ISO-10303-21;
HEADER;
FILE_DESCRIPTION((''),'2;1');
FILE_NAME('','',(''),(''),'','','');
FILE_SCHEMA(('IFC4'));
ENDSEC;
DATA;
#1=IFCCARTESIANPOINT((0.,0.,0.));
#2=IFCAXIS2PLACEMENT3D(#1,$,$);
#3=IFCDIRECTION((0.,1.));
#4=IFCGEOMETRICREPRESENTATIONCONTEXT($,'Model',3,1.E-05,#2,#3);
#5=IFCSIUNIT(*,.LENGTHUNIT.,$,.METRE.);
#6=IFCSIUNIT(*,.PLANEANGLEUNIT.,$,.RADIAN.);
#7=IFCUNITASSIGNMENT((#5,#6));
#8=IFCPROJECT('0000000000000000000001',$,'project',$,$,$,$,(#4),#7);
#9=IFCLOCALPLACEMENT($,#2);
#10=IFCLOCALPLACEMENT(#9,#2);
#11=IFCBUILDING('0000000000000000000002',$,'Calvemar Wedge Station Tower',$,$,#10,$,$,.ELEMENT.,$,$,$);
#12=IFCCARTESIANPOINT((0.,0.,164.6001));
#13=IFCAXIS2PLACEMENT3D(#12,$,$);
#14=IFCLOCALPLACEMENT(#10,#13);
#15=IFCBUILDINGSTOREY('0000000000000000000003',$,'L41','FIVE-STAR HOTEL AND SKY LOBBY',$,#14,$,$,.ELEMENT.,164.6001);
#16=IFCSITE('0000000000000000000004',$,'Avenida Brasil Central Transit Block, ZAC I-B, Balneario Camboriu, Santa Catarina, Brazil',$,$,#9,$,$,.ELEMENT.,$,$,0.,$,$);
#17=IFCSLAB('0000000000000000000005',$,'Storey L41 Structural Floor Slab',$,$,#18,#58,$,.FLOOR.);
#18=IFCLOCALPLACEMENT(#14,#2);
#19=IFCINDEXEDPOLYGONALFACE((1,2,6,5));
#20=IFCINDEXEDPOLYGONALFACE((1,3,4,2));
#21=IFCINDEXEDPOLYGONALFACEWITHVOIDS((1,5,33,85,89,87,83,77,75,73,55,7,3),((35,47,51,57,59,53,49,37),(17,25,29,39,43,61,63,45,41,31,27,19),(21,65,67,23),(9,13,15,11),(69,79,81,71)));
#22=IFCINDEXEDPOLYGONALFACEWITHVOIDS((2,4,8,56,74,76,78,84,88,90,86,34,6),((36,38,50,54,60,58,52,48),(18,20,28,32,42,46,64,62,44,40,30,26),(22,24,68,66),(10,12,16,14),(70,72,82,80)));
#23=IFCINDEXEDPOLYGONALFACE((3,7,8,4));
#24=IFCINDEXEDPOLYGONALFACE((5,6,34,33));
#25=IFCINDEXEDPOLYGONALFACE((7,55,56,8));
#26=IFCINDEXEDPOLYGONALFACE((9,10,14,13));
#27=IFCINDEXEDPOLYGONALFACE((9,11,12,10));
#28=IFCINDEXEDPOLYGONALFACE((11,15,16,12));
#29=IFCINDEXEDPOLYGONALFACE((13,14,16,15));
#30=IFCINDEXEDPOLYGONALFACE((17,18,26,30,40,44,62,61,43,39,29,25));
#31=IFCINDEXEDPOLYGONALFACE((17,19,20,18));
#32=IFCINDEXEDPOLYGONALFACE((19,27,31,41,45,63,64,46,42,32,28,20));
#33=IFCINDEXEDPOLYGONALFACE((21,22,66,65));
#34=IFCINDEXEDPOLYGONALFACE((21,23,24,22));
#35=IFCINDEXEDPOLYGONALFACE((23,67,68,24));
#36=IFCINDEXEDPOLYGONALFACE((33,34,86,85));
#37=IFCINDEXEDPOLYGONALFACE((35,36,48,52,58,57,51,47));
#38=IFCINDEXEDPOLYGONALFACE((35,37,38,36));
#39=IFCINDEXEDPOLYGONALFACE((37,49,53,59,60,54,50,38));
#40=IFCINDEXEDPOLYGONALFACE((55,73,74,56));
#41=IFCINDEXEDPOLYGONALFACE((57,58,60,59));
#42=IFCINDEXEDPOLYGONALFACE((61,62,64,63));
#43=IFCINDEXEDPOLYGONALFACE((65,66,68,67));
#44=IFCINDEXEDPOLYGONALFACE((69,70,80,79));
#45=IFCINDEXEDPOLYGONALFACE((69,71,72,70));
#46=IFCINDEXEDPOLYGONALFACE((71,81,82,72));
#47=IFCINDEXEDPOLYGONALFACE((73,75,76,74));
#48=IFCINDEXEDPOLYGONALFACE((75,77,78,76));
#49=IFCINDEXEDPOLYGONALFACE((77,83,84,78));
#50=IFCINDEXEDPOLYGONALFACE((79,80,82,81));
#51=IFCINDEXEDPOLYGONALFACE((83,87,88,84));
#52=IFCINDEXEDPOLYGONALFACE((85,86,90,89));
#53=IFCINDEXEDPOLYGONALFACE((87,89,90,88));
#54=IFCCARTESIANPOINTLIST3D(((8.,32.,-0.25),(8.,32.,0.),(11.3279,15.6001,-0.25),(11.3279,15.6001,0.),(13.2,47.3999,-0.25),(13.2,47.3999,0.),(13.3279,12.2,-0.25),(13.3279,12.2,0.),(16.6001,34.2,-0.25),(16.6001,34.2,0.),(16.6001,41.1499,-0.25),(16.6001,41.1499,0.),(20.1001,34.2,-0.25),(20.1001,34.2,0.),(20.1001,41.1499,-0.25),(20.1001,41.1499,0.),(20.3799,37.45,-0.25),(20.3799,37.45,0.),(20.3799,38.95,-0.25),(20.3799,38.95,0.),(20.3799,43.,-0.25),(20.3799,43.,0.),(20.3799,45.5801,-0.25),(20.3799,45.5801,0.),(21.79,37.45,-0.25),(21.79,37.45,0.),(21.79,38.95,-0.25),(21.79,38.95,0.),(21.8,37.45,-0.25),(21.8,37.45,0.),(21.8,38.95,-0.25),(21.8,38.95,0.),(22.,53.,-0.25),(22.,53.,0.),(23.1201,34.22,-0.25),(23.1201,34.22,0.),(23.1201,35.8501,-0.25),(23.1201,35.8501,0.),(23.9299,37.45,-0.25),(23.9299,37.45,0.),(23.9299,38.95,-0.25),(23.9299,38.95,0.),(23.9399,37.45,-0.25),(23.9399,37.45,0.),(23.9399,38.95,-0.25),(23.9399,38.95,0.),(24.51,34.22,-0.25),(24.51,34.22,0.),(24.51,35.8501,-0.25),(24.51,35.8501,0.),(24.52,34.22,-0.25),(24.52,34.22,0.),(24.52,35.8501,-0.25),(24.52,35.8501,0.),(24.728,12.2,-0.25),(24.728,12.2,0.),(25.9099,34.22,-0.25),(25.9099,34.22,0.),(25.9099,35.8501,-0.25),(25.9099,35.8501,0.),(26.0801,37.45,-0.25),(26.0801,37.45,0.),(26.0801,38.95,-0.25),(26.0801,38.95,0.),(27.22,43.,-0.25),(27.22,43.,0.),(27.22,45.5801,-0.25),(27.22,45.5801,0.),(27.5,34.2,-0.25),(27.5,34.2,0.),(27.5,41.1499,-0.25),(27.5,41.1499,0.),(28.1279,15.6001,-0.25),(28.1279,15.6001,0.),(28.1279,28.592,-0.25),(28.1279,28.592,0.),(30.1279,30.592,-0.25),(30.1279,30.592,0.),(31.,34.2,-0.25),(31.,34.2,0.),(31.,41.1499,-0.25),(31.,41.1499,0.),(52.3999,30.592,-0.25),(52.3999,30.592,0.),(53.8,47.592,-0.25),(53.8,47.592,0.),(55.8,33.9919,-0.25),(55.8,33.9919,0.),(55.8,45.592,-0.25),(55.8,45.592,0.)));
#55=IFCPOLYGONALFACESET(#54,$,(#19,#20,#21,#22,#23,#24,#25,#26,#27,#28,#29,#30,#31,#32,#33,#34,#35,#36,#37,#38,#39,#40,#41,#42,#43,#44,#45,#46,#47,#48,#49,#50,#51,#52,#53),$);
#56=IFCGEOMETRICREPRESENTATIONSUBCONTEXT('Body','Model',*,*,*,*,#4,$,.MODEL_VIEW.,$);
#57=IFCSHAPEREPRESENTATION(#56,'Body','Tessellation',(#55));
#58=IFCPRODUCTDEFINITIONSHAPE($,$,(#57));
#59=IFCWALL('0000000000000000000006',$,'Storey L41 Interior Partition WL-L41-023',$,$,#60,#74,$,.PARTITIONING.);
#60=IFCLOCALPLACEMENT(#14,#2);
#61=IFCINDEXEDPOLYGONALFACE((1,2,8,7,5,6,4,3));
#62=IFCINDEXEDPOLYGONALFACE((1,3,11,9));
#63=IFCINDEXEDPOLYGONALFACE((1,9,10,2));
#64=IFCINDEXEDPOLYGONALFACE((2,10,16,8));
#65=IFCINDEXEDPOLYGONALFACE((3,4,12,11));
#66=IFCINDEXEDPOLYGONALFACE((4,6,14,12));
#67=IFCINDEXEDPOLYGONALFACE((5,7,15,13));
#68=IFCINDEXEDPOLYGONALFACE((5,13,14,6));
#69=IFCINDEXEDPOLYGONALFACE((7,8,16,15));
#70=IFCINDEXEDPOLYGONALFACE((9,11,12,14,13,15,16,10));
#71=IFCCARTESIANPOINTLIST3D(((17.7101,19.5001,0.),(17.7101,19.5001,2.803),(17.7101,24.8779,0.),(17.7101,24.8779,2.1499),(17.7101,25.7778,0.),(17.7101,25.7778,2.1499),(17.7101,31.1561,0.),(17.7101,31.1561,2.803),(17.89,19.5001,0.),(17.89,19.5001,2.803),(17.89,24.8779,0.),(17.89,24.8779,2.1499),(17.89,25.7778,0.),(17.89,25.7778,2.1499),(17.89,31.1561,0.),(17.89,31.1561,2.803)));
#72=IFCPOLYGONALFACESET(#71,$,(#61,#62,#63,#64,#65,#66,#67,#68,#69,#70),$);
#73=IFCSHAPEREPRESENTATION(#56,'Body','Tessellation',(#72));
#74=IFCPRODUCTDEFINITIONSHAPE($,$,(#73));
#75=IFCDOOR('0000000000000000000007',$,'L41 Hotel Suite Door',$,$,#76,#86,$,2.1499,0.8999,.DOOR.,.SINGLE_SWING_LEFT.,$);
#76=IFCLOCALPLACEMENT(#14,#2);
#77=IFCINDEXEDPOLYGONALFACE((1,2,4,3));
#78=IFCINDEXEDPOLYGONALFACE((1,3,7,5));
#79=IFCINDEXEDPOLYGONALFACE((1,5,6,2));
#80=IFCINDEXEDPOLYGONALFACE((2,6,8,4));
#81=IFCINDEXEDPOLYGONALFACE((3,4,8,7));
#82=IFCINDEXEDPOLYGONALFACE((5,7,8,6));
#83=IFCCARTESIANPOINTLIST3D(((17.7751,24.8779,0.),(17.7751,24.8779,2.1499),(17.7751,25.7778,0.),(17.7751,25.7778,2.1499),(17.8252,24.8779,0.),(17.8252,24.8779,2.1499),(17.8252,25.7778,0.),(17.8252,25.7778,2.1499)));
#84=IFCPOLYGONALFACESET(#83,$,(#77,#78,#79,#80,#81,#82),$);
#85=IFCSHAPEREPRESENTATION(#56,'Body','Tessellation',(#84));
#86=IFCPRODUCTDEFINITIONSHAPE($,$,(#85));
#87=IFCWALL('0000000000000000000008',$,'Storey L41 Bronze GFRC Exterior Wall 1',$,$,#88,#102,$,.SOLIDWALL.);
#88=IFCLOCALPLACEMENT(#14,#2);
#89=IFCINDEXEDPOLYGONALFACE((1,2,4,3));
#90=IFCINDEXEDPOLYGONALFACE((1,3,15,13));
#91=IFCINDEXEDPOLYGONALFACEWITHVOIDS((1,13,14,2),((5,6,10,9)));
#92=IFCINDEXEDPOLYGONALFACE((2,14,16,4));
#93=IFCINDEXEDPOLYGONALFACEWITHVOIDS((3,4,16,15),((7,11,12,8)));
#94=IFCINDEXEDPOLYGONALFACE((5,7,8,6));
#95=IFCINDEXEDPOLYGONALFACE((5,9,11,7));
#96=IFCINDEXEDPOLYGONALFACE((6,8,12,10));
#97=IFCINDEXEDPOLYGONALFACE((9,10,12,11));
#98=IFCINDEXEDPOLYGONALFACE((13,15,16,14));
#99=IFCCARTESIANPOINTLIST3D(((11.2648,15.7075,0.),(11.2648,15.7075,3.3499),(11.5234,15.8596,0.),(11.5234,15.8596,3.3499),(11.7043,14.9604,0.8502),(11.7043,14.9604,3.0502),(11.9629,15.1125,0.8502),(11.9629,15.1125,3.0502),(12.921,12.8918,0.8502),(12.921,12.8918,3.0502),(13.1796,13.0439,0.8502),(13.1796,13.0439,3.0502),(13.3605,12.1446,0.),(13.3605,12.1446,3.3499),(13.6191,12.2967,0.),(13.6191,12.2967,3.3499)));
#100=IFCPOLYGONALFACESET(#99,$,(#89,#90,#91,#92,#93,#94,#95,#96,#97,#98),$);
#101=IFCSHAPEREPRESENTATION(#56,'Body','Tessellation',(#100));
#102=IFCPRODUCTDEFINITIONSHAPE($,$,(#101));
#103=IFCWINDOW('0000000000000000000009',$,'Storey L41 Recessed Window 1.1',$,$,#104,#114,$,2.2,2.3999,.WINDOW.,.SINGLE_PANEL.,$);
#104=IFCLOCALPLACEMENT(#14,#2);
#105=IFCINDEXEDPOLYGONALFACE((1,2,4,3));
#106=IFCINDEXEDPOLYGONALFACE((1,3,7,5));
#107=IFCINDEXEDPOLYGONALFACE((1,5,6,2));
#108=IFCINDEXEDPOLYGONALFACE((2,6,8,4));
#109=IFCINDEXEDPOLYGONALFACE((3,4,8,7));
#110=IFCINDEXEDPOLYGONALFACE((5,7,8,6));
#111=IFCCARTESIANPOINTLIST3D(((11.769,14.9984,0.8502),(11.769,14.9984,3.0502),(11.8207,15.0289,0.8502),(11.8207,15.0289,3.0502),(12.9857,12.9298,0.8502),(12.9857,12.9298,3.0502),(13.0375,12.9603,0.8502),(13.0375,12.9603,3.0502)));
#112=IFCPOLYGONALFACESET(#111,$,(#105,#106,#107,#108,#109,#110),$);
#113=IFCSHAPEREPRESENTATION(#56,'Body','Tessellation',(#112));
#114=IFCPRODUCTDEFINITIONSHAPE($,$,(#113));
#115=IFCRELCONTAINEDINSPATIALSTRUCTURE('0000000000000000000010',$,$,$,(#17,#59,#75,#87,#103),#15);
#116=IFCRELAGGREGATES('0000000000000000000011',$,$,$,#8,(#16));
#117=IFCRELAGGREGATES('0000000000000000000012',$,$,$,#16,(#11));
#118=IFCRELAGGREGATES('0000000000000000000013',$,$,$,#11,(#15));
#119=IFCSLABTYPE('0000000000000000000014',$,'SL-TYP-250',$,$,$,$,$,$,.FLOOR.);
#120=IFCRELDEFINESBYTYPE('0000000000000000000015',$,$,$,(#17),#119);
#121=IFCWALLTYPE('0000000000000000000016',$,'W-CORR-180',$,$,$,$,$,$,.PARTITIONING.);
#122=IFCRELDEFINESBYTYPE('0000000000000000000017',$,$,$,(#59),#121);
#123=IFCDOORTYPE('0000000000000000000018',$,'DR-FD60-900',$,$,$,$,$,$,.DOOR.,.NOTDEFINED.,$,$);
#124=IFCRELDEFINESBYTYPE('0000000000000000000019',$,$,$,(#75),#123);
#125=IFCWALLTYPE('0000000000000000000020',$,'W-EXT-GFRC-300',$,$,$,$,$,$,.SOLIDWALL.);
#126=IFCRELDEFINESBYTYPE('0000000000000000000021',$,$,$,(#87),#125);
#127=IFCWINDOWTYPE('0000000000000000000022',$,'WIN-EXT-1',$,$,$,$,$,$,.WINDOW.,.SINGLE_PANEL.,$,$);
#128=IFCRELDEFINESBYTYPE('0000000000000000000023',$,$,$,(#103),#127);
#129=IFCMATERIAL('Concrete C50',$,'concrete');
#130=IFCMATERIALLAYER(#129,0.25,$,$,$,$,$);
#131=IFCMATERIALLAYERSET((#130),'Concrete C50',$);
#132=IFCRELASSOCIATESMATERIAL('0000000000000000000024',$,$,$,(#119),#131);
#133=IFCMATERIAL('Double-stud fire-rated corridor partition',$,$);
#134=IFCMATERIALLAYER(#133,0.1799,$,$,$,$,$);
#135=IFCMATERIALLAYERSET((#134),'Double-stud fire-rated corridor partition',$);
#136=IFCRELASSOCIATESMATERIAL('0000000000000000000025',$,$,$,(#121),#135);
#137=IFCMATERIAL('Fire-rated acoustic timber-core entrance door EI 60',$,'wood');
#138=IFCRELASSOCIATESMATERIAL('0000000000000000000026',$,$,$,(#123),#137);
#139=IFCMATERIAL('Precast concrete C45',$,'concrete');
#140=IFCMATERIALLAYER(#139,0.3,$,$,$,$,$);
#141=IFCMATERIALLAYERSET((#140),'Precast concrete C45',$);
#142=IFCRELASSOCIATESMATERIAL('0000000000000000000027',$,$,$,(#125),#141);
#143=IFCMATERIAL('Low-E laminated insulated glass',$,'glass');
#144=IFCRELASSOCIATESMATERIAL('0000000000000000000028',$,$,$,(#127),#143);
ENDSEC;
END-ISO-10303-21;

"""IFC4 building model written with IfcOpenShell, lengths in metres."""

from ifc_helpers import new_model, si_unit, direction, frame, frame_2d, origin, place, context, subcontext, project, spatial, polyline, rectangle, outline, extrude, source, transform, mapped, material, layer, layer_set, type_object, element, fill, save


model = new_model("IFC4")

# Units and contexts
model_context = context("Model", 3, precision=1e-05, world=origin(), true_north=direction((0.0, 1.0)))
body_context = subcontext(model_context, "Body", "Model", "MODEL_VIEW")
ifc_project = project(units=[si_unit("LENGTHUNIT", "METRE"), si_unit("PLANEANGLEUNIT", "RADIAN")], contexts=[model_context])

# Site, building, storey
site_placement = place(None, origin())
site = spatial("IfcSite", under=ifc_project, at=site_placement, Name="Avenida Brasil Central Transit Block, ZAC I-B, Balneario Camboriu, Santa Catarina, Brazil", CompositionType="ELEMENT", RefElevation=0.0)
building_placement = place(site_placement, origin())
building = spatial("IfcBuilding", under=site, at=building_placement, Name="Calvemar Wedge Station Tower", CompositionType="ELEMENT")
storey_placement = place(building_placement, frame((0.0, 0.0, 164.6001)))
storey = spatial("IfcBuildingStorey", under=building, at=storey_placement, Name="L41", Description="FIVE-STAR HOTEL AND SKY LOBBY", CompositionType="ELEMENT", Elevation=164.6001)

# Shared definitions
ifc_material_1 = material(Name="Concrete C50", Category="concrete")

# Slab
ifc_layer_1 = layer(ifc_material_1, 0.25)
ifc_layer_set_1 = layer_set([ifc_layer_1], Name="Concrete C50")
slab_type_1 = type_object("IfcSlabType", Name="SL-TYP-250", PredefinedType="FLOOR", material=ifc_layer_set_1)
slab_1_placement = place(storey_placement, frame((0.0, 0.0, -0.25)))
element("IfcSlab", 1, at=slab_1_placement, inside=storey, type_object=slab_type_1, Name="Storey L41 Structural Floor Slab", PredefinedType="FLOOR", context=body_context, shape_type="SweptSolid", body=[
    extrude(outline(polyline([(8.0, 32.0), (11.3279, 15.6001), (13.3279, 12.2), (24.728, 12.2), (28.1279, 15.6001), (28.1279, 28.592), (30.1279, 30.592), (52.3999, 30.592), (55.8, 33.9919), (55.8, 45.592), (53.8, 47.592), (22.0, 53.0), (13.2, 47.3999), (8.0, 32.0)]), holes=[polyline([(24.52, 35.8501), (24.51, 35.8501), (23.1201, 35.8501), (23.1201, 34.22), (24.51, 34.22), (24.52, 34.22), (25.9099, 34.22), (25.9099, 35.8501), (24.52, 35.8501)]), polyline([(16.6001, 34.2), (20.1001, 34.2), (20.1001, 41.1499), (16.6001, 41.1499), (16.6001, 34.2)]), polyline([(27.5, 34.2), (31.0, 34.2), (31.0, 41.1499), (27.5, 41.1499), (27.5, 34.2)]), polyline([(21.8, 38.95), (21.79, 38.95), (20.3799, 38.95), (20.3799, 37.45), (21.79, 37.45), (21.8, 37.45), (23.9299, 37.45), (23.9399, 37.45), (26.0801, 37.45), (26.0801, 38.95), (23.9399, 38.95), (23.9299, 38.95), (21.8, 38.95)]), polyline([(27.22, 43.0), (27.22, 45.5801), (20.3799, 45.5801), (20.3799, 43.0), (27.22, 43.0)])]), origin(), (0.0, 0.0, 1.0), 0.25),
])

# Wall, opening, door
ifc_material_2 = material(Name="Double-stud fire-rated corridor partition")
ifc_layer_2 = layer(ifc_material_2, 0.1799)
ifc_layer_set_2 = layer_set([ifc_layer_2], Name="Double-stud fire-rated corridor partition")
wall_type_1 = type_object("IfcWallType", Name="W-CORR-180", PredefinedType="PARTITIONING", material=ifc_layer_set_2)
wall_1_placement = place(storey_placement, frame((17.8, 19.5, 0.0), z_axis=(0.0, 0.0, 1.0), x_axis=(0.0, 1.0, 0.0)))
wall_1 = element("IfcWall", 2, at=wall_1_placement, inside=storey, type_object=wall_type_1, Name="Storey L41 Interior Partition WL-L41-023", PredefinedType="PARTITIONING", context=body_context, shape_type="SweptSolid", body=[
    extrude(rectangle(XDim=11.656, YDim=0.1799, at=frame_2d((5.8281, 0.0))), origin(), (0.0, 0.0, 1.0), 2.803),
])
shared_shape_1 = source(origin(), body_context, "Body", "SweptSolid", [
    extrude(rectangle(XDim=0.8999, YDim=2.1499, at=frame_2d((0.45, 1.075))), frame((0.0, 0.1001, 0.0), z_axis=(0.0, -1.0, 0.0), x_axis=(1.0, 0.0, 0.0)), (0.0, 0.0, 1.0), 0.2),
])
opening_1_placement = place(wall_1_placement, frame((5.3779, 0.0, 0.0)))
opening_1 = element("IfcOpeningElement", 3, at=opening_1_placement, cuts=wall_1, PredefinedType="OPENING", context=body_context, shape_type="MappedRepresentation", body=[
    mapped(shared_shape_1, transform((0.0, 0.0, 0.0), scale=1.0)),
])
ifc_material_3 = material(Name="Fire-rated acoustic timber-core entrance door EI 60", Category="wood")
door_type_1 = type_object("IfcDoorType", Name="DR-FD60-900", OperationType="NOTDEFINED", PredefinedType="DOOR", material=ifc_material_3)
shared_shape_2 = source(origin(), body_context, "Body", "SweptSolid", [
    extrude(rectangle(XDim=0.8999, YDim=2.1499, at=frame_2d((0.45, 1.075))), frame((0.0, 0.0249, 0.0), z_axis=(0.0, -1.0, 0.0), x_axis=(1.0, 0.0, 0.0)), (0.0, 0.0, 1.0), 0.05),
])
door_1_placement = place(opening_1_placement, origin())
door_1 = element("IfcDoor", 4, at=door_1_placement, inside=storey, type_object=door_type_1, Name="L41 Hotel Suite Door", OperationType="SINGLE_SWING_LEFT", OverallHeight=2.1499, OverallWidth=0.8999, PredefinedType="DOOR", context=body_context, shape_type="MappedRepresentation", body=[
    mapped(shared_shape_2, transform((0.0, 0.0, 0.0), scale=1.0)),
])
fill(opening_1, door_1)

# Wall, opening, window
ifc_material_4 = material(Name="Precast concrete C45", Category="concrete")
ifc_layer_3 = layer(ifc_material_4, 0.3)
ifc_layer_set_3 = layer_set([ifc_layer_3], Name="Precast concrete C45")
wall_type_2 = type_object("IfcWallType", Name="W-EXT-GFRC-300", PredefinedType="SOLIDWALL", material=ifc_layer_set_3)
wall_2_placement = place(storey_placement, frame((11.394, 15.7837, 0.0), z_axis=(0.0, 0.0, 1.0), x_axis=(0.506989, -0.861952, 0.0)))
wall_2 = element("IfcWall", 5, at=wall_2_placement, inside=storey, type_object=wall_type_2, Name="Storey L41 Bronze GFRC Exterior Wall 1", PredefinedType="SOLIDWALL", context=body_context, shape_type="SweptSolid", body=[
    extrude(rectangle(XDim=4.1335, YDim=0.3, at=frame_2d((2.0669, 0.0))), origin(), (0.0, 0.0, 1.0), 3.3499),
])
shared_shape_3 = source(origin(), body_context, "Body", "SweptSolid", [
    extrude(rectangle(XDim=2.3999, YDim=2.2, at=frame_2d((1.2, 1.1001))), frame((0.0, 0.1602, 0.0), z_axis=(0.0, -1.0, 0.0), x_axis=(1.0, 0.0, 0.0)), (0.0, 0.0, 1.0), 0.3201),
])
opening_2_placement = place(wall_2_placement, frame((0.8669, 0.0, 0.8501)))
opening_2 = element("IfcOpeningElement", 6, at=opening_2_placement, cuts=wall_2, PredefinedType="OPENING", context=body_context, shape_type="MappedRepresentation", body=[
    mapped(shared_shape_3, transform((0.0, 0.0, 0.0), scale=1.0)),
])
ifc_material_5 = material(Name="Low-E laminated insulated glass", Category="glass")
window_type_1 = type_object("IfcWindowType", Name="WIN-EXT-1", PartitioningType="SINGLE_PANEL", PredefinedType="WINDOW", material=ifc_material_5)
shared_shape_4 = source(origin(), body_context, "Body", "SweptSolid", [
    extrude(rectangle(XDim=2.3999, YDim=2.2, at=frame_2d((1.2, 1.1001))), frame((0.0, -0.0149, 0.0), z_axis=(0.0, -1.0, 0.0), x_axis=(1.0, 0.0, 0.0)), (0.0, 0.0, 1.0), 0.0601),
])
window_1_placement = place(opening_2_placement, origin())
window_1 = element("IfcWindow", 7, at=window_1_placement, inside=storey, type_object=window_type_1, Name="Storey L41 Recessed Window 1.1", OverallHeight=2.2, OverallWidth=2.3999, PartitioningType="SINGLE_PANEL", PredefinedType="WINDOW", context=body_context, shape_type="MappedRepresentation", body=[
    mapped(shared_shape_4, transform((0.0, 0.0, 0.0), scale=1.0)),
])
fill(opening_2, window_1)

save(model, "model.ifc")
